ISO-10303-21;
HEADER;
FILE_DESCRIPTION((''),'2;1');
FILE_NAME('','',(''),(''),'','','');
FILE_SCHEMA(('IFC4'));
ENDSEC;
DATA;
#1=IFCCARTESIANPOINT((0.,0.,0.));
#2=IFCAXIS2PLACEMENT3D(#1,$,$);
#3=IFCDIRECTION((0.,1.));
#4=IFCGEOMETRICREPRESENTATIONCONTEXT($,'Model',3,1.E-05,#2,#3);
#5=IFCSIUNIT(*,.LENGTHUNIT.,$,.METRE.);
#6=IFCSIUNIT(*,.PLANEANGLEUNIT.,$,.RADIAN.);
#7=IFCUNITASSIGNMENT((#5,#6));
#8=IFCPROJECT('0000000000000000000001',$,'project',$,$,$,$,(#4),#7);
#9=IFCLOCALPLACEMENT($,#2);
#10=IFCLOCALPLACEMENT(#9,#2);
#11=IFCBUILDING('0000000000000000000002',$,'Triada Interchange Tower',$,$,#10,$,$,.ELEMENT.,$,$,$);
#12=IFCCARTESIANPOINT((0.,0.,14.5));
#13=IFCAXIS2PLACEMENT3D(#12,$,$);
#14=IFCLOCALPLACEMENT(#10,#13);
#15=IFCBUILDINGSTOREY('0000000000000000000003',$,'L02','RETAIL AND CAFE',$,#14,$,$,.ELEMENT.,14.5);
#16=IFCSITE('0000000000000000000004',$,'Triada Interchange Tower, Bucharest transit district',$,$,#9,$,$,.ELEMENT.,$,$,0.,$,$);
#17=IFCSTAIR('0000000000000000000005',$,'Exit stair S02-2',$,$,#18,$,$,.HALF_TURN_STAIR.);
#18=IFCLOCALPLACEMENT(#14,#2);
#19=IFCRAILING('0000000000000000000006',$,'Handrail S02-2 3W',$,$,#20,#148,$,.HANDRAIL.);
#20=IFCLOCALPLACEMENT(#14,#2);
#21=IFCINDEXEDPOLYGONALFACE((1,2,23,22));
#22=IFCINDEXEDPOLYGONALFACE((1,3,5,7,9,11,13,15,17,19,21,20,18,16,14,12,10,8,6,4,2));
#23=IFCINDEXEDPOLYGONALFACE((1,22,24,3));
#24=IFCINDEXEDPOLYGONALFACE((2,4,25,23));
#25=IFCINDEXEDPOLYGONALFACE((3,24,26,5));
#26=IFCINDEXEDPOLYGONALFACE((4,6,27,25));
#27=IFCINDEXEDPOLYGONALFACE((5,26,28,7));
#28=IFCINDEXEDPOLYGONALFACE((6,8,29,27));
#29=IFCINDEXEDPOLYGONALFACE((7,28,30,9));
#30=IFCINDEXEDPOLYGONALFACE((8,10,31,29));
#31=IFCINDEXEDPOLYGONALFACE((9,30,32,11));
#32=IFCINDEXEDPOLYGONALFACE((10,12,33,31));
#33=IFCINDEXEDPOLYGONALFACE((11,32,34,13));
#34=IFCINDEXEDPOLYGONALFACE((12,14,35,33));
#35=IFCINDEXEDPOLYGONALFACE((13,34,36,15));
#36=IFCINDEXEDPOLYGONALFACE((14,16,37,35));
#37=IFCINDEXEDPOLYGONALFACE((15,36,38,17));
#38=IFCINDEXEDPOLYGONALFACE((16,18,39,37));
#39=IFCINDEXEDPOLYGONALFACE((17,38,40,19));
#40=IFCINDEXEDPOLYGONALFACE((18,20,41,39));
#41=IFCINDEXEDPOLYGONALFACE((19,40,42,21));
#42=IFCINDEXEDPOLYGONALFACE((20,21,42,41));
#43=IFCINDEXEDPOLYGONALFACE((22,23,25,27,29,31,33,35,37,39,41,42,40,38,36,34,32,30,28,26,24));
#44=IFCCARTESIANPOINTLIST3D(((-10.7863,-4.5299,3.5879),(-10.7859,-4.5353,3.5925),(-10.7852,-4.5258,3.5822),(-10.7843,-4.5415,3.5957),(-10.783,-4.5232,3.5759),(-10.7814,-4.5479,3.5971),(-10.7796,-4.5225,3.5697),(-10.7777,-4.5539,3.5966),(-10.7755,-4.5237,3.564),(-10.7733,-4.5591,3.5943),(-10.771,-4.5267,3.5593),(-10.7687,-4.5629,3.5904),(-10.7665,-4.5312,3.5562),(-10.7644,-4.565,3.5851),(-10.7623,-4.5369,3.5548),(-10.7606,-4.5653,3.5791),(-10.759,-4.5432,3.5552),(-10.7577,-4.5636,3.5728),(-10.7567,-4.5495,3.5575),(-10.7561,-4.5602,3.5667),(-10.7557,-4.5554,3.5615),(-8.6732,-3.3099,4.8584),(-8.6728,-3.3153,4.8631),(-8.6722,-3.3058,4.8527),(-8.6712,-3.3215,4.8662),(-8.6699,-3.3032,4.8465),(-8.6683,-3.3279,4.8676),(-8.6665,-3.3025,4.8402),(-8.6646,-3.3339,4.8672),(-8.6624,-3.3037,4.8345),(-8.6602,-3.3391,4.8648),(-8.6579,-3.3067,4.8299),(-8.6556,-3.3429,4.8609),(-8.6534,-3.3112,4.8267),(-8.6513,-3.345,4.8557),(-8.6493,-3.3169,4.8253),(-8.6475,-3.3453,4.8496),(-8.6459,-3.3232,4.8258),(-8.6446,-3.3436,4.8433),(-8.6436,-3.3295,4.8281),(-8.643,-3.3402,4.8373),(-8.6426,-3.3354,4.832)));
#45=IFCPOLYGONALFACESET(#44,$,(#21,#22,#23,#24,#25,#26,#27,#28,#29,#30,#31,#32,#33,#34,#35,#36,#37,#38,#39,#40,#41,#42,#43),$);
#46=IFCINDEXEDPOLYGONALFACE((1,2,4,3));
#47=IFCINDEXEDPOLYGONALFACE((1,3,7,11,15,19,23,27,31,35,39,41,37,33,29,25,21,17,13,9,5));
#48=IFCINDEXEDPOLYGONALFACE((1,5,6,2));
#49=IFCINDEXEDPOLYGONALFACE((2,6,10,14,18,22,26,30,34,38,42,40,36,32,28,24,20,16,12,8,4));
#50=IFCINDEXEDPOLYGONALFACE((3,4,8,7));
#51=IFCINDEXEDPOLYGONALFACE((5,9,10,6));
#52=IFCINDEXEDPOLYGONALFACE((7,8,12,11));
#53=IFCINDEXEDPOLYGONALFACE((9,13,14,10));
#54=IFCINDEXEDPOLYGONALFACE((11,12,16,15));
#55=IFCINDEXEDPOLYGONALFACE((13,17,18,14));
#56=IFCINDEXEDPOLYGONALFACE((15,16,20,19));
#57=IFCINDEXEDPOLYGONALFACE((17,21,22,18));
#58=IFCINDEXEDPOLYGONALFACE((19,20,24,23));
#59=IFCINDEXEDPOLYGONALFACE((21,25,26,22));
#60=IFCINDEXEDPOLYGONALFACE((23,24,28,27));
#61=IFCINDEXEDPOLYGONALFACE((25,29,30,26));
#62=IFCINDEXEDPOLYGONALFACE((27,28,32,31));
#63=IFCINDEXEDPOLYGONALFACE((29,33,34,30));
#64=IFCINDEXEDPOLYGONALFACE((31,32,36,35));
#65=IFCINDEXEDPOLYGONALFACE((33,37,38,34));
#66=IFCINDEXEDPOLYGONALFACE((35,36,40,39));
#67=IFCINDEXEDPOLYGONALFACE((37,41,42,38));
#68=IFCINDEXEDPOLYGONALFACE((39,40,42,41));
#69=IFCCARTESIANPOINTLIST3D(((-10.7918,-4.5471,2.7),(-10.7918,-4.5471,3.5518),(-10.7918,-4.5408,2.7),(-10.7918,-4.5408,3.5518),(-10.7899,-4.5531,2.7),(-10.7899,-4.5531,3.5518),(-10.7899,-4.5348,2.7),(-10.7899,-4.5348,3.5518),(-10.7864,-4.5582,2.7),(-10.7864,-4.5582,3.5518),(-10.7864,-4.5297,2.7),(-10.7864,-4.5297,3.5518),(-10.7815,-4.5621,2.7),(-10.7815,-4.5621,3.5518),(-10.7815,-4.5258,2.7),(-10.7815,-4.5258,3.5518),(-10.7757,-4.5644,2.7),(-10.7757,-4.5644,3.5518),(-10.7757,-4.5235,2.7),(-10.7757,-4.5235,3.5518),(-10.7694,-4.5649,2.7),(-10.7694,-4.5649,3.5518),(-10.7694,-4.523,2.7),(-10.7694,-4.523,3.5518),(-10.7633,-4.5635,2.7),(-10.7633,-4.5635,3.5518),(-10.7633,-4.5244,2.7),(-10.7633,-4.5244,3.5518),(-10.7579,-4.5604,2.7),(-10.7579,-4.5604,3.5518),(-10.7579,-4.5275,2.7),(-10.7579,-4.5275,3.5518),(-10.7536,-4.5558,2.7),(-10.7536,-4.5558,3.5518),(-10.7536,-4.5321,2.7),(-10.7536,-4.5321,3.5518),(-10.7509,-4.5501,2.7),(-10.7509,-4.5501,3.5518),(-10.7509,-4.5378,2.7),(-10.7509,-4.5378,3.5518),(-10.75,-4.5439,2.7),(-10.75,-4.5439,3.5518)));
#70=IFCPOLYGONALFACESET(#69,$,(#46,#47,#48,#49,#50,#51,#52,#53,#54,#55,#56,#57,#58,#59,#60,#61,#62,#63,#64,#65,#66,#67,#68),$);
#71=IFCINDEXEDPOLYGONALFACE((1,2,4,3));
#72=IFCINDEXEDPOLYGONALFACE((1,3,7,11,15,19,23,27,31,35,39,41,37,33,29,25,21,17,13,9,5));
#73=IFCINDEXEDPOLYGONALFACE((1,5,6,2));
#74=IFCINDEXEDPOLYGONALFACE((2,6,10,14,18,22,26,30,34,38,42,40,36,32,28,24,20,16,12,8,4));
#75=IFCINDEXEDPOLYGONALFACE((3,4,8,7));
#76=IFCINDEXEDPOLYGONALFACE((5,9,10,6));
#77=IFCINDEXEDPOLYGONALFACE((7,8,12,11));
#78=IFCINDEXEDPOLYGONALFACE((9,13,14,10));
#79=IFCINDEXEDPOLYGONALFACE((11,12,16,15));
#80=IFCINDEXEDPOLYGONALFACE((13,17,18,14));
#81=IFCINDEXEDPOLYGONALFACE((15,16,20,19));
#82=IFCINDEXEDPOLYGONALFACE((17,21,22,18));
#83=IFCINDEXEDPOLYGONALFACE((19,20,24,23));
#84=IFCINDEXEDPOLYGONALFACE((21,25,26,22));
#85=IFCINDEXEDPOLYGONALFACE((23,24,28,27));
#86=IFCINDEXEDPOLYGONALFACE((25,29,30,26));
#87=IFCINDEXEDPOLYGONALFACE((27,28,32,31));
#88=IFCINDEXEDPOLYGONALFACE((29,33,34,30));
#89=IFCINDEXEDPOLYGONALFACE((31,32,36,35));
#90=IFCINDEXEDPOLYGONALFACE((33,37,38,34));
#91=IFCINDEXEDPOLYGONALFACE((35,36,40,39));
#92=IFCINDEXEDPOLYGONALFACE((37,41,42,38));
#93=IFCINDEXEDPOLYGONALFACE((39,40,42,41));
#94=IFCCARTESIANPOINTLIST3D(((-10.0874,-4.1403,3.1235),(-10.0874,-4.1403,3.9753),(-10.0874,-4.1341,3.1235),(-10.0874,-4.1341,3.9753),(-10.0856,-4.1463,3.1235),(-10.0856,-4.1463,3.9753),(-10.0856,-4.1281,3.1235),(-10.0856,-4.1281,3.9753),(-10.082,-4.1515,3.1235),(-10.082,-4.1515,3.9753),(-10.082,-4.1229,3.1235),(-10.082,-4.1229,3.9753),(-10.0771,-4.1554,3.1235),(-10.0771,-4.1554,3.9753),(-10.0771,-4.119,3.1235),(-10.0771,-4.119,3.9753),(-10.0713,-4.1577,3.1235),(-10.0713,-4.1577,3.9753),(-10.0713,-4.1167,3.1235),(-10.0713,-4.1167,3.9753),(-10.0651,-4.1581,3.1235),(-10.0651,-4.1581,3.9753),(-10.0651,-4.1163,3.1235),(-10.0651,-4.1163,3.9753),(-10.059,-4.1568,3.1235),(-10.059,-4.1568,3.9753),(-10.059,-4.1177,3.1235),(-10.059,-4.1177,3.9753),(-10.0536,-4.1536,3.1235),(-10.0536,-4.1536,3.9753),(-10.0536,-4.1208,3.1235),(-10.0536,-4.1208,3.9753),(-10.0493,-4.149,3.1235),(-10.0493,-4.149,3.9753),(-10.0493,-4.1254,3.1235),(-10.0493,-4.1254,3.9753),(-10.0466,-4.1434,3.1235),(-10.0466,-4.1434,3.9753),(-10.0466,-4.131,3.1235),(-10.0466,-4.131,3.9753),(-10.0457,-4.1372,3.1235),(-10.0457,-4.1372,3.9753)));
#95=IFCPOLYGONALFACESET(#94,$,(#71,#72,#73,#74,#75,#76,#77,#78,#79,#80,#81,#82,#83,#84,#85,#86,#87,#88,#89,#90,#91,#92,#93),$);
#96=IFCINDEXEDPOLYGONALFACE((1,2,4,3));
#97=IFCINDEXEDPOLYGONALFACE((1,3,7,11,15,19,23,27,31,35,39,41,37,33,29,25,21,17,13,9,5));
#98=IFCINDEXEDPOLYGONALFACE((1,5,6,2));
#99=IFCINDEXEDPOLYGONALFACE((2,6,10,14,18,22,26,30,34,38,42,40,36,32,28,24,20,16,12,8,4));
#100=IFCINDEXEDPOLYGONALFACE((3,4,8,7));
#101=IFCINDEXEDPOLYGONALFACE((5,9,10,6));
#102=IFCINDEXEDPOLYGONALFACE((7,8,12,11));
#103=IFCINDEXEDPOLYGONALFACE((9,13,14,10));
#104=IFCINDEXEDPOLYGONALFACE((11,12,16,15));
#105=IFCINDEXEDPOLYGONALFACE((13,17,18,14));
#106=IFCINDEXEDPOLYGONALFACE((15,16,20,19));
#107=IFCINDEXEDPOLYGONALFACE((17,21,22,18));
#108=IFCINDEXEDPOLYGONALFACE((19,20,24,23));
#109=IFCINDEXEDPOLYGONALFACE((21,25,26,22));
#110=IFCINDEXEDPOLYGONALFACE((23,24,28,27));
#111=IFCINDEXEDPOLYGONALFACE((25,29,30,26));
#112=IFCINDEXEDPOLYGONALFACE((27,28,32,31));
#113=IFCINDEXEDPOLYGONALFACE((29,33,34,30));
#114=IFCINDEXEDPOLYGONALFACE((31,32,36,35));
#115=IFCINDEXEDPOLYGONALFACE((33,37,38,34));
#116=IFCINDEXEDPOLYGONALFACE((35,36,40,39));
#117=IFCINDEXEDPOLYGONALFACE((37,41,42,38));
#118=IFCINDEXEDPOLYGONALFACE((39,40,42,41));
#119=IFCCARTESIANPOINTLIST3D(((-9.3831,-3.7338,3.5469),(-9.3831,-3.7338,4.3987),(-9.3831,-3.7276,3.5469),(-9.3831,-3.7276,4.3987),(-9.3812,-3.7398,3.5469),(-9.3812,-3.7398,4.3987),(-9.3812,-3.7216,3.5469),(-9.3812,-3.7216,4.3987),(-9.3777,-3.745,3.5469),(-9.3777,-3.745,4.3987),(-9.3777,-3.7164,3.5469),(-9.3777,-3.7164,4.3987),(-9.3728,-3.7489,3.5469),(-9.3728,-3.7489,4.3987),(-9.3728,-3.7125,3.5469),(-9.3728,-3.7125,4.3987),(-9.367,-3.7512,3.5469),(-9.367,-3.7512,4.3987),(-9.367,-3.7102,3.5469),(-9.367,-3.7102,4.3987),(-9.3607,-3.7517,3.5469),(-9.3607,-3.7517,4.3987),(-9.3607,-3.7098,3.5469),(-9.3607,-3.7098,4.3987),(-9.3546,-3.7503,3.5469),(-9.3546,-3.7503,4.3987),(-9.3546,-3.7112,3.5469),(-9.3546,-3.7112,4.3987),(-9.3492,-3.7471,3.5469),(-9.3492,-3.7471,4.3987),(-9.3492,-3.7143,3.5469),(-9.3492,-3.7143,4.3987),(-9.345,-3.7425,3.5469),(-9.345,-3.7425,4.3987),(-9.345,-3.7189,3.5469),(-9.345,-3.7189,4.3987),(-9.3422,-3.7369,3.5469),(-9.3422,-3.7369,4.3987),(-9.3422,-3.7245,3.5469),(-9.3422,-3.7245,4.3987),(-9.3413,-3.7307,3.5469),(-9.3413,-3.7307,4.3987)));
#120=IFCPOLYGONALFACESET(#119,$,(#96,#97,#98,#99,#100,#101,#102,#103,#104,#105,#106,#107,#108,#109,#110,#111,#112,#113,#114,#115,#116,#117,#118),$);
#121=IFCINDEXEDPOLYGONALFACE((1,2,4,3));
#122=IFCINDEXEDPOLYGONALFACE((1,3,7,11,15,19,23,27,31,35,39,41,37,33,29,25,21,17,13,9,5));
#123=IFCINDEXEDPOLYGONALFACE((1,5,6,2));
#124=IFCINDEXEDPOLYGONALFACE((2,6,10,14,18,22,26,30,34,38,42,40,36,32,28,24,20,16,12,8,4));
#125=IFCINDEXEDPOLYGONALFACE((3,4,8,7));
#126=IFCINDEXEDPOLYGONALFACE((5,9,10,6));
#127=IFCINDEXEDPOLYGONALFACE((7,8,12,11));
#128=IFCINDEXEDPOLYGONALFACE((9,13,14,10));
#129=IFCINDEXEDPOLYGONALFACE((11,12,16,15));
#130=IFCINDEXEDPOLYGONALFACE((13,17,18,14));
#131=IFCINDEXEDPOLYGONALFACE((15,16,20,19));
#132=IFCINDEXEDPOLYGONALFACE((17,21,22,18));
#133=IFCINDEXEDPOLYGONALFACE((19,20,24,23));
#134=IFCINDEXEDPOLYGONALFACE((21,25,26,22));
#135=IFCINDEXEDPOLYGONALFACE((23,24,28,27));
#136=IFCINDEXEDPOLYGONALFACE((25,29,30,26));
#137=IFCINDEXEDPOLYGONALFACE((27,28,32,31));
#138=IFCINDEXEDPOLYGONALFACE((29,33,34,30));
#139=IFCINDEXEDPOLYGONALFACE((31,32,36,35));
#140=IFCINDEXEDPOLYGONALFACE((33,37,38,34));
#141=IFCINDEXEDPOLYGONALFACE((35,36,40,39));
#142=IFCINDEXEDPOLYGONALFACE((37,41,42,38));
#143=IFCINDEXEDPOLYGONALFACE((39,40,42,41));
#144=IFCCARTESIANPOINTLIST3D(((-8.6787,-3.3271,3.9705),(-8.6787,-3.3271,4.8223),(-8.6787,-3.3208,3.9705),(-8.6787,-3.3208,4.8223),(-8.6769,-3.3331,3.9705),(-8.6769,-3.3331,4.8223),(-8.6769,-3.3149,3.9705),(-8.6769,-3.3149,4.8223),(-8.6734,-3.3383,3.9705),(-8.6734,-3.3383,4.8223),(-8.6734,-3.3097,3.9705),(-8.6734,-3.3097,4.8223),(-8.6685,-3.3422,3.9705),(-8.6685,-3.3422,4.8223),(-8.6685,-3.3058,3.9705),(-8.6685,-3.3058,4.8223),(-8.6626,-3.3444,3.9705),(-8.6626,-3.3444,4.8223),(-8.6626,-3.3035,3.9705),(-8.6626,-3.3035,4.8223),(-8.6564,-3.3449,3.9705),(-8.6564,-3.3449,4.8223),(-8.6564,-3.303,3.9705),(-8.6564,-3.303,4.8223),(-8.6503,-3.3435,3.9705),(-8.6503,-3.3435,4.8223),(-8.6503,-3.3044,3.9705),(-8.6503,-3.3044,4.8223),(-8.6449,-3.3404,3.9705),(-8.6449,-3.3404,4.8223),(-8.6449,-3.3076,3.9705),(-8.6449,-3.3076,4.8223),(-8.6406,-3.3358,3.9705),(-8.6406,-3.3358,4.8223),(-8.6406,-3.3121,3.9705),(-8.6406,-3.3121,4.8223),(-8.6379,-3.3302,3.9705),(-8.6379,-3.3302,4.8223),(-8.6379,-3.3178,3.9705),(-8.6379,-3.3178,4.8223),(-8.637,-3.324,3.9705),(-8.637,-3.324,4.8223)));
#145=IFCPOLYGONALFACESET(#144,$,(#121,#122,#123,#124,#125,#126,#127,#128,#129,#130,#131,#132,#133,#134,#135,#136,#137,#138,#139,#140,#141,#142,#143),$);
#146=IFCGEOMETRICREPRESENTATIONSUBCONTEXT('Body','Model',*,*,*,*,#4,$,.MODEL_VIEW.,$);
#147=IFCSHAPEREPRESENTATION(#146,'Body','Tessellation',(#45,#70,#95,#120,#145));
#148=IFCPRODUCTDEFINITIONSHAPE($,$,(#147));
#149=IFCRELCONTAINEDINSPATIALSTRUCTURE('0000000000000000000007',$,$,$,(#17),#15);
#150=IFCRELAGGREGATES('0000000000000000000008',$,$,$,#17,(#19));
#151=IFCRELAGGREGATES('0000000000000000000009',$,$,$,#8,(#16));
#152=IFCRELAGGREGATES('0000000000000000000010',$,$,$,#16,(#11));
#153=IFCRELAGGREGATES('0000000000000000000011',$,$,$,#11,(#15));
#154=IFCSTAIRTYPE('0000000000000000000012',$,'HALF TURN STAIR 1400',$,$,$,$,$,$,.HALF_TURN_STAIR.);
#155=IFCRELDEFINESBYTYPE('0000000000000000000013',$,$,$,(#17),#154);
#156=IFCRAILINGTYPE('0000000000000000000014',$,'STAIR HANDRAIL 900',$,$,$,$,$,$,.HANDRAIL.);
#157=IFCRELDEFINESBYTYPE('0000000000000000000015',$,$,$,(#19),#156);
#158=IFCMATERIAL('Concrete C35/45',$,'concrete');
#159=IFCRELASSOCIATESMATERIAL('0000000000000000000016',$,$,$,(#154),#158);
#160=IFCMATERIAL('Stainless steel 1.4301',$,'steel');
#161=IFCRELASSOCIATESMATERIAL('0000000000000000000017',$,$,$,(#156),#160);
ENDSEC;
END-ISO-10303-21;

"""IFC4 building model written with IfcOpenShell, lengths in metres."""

from ifc_helpers import new_model, si_unit, direction, frame, origin, origin_2d, place, context, subcontext, project, spatial, circle, extrude, material, type_object, element, aggregate, save


model = new_model("IFC4")

# Units and contexts
model_context = context("Model", 3, precision=1e-05, world=origin(), true_north=direction((0.0, 1.0)))
body_context = subcontext(model_context, "Body", "Model", "MODEL_VIEW")
ifc_project = project(units=[si_unit("LENGTHUNIT", "METRE"), si_unit("PLANEANGLEUNIT", "RADIAN")], contexts=[model_context])

# Site, building, storey
site_placement = place(None, origin())
site = spatial("IfcSite", under=ifc_project, at=site_placement, Name="Triada Interchange Tower, Bucharest transit district", CompositionType="ELEMENT", RefElevation=0.0)
building_placement = place(site_placement, origin())
building = spatial("IfcBuilding", under=site, at=building_placement, Name="Triada Interchange Tower", CompositionType="ELEMENT")
storey_placement = place(building_placement, frame((0.0, 0.0, 14.5)))
storey = spatial("IfcBuildingStorey", under=building, at=storey_placement, Name="L02", Description="RETAIL AND CAFE", CompositionType="ELEMENT", Elevation=14.5)

# Shared definitions
ifc_material_1 = material(Name="Concrete C35/45", Category="concrete")

# Stair, railing
stair_type = type_object("IfcStairType", Name="HALF TURN STAIR 1400", PredefinedType="HALF_TURN_STAIR", material=ifc_material_1)
stair_1_placement = place(storey_placement, origin())
stair_1 = element("IfcStair", 1, at=stair_1_placement, inside=storey, type_object=stair_type, Name="Exit stair S02-2", PredefinedType="HALF_TURN_STAIR")
ifc_material_2 = material(Name="Stainless steel 1.4301", Category="steel")
railing_type_1 = type_object("IfcRailingType", Name="STAIR HANDRAIL 900", PredefinedType="HANDRAIL", material=ifc_material_2)
railing_1_placement = place(storey_placement, frame((-10.771, -4.5439, 2.7)))
railing_1 = element("IfcRailing", 2, at=railing_1_placement, type_object=railing_type_1, Name="Handrail S02-2 3W", PredefinedType="HANDRAIL", context=body_context, shape_type="SweptSolid", body=[
    extrude(circle(Radius=0.0239, at=origin_2d()), frame((0.0, 0.0, 0.876), z_axis=(0.768126, 0.443481, 0.461852), x_axis=(-0.500003, 0.866024, 0.0)), (0.0, 0.0, 1.0), 2.751),
    extrude(circle(Radius=0.021, at=origin_2d()), origin(), (0.0, 0.0, 1.0), 0.8518),
    extrude(circle(Radius=0.021, at=origin_2d()), frame((0.7043, 0.4067, 0.4236)), (0.0, 0.0, 1.0), 0.8518),
    extrude(circle(Radius=0.021, at=origin_2d()), frame((1.4087, 0.8132, 0.8469)), (0.0, 0.0, 1.0), 0.8518),
    extrude(circle(Radius=0.021, at=origin_2d()), frame((2.113, 1.22, 1.2705)), (0.0, 0.0, 1.0), 0.8518),
])
aggregate(stair_1, [railing_1])

save(model, "model.ifc")
